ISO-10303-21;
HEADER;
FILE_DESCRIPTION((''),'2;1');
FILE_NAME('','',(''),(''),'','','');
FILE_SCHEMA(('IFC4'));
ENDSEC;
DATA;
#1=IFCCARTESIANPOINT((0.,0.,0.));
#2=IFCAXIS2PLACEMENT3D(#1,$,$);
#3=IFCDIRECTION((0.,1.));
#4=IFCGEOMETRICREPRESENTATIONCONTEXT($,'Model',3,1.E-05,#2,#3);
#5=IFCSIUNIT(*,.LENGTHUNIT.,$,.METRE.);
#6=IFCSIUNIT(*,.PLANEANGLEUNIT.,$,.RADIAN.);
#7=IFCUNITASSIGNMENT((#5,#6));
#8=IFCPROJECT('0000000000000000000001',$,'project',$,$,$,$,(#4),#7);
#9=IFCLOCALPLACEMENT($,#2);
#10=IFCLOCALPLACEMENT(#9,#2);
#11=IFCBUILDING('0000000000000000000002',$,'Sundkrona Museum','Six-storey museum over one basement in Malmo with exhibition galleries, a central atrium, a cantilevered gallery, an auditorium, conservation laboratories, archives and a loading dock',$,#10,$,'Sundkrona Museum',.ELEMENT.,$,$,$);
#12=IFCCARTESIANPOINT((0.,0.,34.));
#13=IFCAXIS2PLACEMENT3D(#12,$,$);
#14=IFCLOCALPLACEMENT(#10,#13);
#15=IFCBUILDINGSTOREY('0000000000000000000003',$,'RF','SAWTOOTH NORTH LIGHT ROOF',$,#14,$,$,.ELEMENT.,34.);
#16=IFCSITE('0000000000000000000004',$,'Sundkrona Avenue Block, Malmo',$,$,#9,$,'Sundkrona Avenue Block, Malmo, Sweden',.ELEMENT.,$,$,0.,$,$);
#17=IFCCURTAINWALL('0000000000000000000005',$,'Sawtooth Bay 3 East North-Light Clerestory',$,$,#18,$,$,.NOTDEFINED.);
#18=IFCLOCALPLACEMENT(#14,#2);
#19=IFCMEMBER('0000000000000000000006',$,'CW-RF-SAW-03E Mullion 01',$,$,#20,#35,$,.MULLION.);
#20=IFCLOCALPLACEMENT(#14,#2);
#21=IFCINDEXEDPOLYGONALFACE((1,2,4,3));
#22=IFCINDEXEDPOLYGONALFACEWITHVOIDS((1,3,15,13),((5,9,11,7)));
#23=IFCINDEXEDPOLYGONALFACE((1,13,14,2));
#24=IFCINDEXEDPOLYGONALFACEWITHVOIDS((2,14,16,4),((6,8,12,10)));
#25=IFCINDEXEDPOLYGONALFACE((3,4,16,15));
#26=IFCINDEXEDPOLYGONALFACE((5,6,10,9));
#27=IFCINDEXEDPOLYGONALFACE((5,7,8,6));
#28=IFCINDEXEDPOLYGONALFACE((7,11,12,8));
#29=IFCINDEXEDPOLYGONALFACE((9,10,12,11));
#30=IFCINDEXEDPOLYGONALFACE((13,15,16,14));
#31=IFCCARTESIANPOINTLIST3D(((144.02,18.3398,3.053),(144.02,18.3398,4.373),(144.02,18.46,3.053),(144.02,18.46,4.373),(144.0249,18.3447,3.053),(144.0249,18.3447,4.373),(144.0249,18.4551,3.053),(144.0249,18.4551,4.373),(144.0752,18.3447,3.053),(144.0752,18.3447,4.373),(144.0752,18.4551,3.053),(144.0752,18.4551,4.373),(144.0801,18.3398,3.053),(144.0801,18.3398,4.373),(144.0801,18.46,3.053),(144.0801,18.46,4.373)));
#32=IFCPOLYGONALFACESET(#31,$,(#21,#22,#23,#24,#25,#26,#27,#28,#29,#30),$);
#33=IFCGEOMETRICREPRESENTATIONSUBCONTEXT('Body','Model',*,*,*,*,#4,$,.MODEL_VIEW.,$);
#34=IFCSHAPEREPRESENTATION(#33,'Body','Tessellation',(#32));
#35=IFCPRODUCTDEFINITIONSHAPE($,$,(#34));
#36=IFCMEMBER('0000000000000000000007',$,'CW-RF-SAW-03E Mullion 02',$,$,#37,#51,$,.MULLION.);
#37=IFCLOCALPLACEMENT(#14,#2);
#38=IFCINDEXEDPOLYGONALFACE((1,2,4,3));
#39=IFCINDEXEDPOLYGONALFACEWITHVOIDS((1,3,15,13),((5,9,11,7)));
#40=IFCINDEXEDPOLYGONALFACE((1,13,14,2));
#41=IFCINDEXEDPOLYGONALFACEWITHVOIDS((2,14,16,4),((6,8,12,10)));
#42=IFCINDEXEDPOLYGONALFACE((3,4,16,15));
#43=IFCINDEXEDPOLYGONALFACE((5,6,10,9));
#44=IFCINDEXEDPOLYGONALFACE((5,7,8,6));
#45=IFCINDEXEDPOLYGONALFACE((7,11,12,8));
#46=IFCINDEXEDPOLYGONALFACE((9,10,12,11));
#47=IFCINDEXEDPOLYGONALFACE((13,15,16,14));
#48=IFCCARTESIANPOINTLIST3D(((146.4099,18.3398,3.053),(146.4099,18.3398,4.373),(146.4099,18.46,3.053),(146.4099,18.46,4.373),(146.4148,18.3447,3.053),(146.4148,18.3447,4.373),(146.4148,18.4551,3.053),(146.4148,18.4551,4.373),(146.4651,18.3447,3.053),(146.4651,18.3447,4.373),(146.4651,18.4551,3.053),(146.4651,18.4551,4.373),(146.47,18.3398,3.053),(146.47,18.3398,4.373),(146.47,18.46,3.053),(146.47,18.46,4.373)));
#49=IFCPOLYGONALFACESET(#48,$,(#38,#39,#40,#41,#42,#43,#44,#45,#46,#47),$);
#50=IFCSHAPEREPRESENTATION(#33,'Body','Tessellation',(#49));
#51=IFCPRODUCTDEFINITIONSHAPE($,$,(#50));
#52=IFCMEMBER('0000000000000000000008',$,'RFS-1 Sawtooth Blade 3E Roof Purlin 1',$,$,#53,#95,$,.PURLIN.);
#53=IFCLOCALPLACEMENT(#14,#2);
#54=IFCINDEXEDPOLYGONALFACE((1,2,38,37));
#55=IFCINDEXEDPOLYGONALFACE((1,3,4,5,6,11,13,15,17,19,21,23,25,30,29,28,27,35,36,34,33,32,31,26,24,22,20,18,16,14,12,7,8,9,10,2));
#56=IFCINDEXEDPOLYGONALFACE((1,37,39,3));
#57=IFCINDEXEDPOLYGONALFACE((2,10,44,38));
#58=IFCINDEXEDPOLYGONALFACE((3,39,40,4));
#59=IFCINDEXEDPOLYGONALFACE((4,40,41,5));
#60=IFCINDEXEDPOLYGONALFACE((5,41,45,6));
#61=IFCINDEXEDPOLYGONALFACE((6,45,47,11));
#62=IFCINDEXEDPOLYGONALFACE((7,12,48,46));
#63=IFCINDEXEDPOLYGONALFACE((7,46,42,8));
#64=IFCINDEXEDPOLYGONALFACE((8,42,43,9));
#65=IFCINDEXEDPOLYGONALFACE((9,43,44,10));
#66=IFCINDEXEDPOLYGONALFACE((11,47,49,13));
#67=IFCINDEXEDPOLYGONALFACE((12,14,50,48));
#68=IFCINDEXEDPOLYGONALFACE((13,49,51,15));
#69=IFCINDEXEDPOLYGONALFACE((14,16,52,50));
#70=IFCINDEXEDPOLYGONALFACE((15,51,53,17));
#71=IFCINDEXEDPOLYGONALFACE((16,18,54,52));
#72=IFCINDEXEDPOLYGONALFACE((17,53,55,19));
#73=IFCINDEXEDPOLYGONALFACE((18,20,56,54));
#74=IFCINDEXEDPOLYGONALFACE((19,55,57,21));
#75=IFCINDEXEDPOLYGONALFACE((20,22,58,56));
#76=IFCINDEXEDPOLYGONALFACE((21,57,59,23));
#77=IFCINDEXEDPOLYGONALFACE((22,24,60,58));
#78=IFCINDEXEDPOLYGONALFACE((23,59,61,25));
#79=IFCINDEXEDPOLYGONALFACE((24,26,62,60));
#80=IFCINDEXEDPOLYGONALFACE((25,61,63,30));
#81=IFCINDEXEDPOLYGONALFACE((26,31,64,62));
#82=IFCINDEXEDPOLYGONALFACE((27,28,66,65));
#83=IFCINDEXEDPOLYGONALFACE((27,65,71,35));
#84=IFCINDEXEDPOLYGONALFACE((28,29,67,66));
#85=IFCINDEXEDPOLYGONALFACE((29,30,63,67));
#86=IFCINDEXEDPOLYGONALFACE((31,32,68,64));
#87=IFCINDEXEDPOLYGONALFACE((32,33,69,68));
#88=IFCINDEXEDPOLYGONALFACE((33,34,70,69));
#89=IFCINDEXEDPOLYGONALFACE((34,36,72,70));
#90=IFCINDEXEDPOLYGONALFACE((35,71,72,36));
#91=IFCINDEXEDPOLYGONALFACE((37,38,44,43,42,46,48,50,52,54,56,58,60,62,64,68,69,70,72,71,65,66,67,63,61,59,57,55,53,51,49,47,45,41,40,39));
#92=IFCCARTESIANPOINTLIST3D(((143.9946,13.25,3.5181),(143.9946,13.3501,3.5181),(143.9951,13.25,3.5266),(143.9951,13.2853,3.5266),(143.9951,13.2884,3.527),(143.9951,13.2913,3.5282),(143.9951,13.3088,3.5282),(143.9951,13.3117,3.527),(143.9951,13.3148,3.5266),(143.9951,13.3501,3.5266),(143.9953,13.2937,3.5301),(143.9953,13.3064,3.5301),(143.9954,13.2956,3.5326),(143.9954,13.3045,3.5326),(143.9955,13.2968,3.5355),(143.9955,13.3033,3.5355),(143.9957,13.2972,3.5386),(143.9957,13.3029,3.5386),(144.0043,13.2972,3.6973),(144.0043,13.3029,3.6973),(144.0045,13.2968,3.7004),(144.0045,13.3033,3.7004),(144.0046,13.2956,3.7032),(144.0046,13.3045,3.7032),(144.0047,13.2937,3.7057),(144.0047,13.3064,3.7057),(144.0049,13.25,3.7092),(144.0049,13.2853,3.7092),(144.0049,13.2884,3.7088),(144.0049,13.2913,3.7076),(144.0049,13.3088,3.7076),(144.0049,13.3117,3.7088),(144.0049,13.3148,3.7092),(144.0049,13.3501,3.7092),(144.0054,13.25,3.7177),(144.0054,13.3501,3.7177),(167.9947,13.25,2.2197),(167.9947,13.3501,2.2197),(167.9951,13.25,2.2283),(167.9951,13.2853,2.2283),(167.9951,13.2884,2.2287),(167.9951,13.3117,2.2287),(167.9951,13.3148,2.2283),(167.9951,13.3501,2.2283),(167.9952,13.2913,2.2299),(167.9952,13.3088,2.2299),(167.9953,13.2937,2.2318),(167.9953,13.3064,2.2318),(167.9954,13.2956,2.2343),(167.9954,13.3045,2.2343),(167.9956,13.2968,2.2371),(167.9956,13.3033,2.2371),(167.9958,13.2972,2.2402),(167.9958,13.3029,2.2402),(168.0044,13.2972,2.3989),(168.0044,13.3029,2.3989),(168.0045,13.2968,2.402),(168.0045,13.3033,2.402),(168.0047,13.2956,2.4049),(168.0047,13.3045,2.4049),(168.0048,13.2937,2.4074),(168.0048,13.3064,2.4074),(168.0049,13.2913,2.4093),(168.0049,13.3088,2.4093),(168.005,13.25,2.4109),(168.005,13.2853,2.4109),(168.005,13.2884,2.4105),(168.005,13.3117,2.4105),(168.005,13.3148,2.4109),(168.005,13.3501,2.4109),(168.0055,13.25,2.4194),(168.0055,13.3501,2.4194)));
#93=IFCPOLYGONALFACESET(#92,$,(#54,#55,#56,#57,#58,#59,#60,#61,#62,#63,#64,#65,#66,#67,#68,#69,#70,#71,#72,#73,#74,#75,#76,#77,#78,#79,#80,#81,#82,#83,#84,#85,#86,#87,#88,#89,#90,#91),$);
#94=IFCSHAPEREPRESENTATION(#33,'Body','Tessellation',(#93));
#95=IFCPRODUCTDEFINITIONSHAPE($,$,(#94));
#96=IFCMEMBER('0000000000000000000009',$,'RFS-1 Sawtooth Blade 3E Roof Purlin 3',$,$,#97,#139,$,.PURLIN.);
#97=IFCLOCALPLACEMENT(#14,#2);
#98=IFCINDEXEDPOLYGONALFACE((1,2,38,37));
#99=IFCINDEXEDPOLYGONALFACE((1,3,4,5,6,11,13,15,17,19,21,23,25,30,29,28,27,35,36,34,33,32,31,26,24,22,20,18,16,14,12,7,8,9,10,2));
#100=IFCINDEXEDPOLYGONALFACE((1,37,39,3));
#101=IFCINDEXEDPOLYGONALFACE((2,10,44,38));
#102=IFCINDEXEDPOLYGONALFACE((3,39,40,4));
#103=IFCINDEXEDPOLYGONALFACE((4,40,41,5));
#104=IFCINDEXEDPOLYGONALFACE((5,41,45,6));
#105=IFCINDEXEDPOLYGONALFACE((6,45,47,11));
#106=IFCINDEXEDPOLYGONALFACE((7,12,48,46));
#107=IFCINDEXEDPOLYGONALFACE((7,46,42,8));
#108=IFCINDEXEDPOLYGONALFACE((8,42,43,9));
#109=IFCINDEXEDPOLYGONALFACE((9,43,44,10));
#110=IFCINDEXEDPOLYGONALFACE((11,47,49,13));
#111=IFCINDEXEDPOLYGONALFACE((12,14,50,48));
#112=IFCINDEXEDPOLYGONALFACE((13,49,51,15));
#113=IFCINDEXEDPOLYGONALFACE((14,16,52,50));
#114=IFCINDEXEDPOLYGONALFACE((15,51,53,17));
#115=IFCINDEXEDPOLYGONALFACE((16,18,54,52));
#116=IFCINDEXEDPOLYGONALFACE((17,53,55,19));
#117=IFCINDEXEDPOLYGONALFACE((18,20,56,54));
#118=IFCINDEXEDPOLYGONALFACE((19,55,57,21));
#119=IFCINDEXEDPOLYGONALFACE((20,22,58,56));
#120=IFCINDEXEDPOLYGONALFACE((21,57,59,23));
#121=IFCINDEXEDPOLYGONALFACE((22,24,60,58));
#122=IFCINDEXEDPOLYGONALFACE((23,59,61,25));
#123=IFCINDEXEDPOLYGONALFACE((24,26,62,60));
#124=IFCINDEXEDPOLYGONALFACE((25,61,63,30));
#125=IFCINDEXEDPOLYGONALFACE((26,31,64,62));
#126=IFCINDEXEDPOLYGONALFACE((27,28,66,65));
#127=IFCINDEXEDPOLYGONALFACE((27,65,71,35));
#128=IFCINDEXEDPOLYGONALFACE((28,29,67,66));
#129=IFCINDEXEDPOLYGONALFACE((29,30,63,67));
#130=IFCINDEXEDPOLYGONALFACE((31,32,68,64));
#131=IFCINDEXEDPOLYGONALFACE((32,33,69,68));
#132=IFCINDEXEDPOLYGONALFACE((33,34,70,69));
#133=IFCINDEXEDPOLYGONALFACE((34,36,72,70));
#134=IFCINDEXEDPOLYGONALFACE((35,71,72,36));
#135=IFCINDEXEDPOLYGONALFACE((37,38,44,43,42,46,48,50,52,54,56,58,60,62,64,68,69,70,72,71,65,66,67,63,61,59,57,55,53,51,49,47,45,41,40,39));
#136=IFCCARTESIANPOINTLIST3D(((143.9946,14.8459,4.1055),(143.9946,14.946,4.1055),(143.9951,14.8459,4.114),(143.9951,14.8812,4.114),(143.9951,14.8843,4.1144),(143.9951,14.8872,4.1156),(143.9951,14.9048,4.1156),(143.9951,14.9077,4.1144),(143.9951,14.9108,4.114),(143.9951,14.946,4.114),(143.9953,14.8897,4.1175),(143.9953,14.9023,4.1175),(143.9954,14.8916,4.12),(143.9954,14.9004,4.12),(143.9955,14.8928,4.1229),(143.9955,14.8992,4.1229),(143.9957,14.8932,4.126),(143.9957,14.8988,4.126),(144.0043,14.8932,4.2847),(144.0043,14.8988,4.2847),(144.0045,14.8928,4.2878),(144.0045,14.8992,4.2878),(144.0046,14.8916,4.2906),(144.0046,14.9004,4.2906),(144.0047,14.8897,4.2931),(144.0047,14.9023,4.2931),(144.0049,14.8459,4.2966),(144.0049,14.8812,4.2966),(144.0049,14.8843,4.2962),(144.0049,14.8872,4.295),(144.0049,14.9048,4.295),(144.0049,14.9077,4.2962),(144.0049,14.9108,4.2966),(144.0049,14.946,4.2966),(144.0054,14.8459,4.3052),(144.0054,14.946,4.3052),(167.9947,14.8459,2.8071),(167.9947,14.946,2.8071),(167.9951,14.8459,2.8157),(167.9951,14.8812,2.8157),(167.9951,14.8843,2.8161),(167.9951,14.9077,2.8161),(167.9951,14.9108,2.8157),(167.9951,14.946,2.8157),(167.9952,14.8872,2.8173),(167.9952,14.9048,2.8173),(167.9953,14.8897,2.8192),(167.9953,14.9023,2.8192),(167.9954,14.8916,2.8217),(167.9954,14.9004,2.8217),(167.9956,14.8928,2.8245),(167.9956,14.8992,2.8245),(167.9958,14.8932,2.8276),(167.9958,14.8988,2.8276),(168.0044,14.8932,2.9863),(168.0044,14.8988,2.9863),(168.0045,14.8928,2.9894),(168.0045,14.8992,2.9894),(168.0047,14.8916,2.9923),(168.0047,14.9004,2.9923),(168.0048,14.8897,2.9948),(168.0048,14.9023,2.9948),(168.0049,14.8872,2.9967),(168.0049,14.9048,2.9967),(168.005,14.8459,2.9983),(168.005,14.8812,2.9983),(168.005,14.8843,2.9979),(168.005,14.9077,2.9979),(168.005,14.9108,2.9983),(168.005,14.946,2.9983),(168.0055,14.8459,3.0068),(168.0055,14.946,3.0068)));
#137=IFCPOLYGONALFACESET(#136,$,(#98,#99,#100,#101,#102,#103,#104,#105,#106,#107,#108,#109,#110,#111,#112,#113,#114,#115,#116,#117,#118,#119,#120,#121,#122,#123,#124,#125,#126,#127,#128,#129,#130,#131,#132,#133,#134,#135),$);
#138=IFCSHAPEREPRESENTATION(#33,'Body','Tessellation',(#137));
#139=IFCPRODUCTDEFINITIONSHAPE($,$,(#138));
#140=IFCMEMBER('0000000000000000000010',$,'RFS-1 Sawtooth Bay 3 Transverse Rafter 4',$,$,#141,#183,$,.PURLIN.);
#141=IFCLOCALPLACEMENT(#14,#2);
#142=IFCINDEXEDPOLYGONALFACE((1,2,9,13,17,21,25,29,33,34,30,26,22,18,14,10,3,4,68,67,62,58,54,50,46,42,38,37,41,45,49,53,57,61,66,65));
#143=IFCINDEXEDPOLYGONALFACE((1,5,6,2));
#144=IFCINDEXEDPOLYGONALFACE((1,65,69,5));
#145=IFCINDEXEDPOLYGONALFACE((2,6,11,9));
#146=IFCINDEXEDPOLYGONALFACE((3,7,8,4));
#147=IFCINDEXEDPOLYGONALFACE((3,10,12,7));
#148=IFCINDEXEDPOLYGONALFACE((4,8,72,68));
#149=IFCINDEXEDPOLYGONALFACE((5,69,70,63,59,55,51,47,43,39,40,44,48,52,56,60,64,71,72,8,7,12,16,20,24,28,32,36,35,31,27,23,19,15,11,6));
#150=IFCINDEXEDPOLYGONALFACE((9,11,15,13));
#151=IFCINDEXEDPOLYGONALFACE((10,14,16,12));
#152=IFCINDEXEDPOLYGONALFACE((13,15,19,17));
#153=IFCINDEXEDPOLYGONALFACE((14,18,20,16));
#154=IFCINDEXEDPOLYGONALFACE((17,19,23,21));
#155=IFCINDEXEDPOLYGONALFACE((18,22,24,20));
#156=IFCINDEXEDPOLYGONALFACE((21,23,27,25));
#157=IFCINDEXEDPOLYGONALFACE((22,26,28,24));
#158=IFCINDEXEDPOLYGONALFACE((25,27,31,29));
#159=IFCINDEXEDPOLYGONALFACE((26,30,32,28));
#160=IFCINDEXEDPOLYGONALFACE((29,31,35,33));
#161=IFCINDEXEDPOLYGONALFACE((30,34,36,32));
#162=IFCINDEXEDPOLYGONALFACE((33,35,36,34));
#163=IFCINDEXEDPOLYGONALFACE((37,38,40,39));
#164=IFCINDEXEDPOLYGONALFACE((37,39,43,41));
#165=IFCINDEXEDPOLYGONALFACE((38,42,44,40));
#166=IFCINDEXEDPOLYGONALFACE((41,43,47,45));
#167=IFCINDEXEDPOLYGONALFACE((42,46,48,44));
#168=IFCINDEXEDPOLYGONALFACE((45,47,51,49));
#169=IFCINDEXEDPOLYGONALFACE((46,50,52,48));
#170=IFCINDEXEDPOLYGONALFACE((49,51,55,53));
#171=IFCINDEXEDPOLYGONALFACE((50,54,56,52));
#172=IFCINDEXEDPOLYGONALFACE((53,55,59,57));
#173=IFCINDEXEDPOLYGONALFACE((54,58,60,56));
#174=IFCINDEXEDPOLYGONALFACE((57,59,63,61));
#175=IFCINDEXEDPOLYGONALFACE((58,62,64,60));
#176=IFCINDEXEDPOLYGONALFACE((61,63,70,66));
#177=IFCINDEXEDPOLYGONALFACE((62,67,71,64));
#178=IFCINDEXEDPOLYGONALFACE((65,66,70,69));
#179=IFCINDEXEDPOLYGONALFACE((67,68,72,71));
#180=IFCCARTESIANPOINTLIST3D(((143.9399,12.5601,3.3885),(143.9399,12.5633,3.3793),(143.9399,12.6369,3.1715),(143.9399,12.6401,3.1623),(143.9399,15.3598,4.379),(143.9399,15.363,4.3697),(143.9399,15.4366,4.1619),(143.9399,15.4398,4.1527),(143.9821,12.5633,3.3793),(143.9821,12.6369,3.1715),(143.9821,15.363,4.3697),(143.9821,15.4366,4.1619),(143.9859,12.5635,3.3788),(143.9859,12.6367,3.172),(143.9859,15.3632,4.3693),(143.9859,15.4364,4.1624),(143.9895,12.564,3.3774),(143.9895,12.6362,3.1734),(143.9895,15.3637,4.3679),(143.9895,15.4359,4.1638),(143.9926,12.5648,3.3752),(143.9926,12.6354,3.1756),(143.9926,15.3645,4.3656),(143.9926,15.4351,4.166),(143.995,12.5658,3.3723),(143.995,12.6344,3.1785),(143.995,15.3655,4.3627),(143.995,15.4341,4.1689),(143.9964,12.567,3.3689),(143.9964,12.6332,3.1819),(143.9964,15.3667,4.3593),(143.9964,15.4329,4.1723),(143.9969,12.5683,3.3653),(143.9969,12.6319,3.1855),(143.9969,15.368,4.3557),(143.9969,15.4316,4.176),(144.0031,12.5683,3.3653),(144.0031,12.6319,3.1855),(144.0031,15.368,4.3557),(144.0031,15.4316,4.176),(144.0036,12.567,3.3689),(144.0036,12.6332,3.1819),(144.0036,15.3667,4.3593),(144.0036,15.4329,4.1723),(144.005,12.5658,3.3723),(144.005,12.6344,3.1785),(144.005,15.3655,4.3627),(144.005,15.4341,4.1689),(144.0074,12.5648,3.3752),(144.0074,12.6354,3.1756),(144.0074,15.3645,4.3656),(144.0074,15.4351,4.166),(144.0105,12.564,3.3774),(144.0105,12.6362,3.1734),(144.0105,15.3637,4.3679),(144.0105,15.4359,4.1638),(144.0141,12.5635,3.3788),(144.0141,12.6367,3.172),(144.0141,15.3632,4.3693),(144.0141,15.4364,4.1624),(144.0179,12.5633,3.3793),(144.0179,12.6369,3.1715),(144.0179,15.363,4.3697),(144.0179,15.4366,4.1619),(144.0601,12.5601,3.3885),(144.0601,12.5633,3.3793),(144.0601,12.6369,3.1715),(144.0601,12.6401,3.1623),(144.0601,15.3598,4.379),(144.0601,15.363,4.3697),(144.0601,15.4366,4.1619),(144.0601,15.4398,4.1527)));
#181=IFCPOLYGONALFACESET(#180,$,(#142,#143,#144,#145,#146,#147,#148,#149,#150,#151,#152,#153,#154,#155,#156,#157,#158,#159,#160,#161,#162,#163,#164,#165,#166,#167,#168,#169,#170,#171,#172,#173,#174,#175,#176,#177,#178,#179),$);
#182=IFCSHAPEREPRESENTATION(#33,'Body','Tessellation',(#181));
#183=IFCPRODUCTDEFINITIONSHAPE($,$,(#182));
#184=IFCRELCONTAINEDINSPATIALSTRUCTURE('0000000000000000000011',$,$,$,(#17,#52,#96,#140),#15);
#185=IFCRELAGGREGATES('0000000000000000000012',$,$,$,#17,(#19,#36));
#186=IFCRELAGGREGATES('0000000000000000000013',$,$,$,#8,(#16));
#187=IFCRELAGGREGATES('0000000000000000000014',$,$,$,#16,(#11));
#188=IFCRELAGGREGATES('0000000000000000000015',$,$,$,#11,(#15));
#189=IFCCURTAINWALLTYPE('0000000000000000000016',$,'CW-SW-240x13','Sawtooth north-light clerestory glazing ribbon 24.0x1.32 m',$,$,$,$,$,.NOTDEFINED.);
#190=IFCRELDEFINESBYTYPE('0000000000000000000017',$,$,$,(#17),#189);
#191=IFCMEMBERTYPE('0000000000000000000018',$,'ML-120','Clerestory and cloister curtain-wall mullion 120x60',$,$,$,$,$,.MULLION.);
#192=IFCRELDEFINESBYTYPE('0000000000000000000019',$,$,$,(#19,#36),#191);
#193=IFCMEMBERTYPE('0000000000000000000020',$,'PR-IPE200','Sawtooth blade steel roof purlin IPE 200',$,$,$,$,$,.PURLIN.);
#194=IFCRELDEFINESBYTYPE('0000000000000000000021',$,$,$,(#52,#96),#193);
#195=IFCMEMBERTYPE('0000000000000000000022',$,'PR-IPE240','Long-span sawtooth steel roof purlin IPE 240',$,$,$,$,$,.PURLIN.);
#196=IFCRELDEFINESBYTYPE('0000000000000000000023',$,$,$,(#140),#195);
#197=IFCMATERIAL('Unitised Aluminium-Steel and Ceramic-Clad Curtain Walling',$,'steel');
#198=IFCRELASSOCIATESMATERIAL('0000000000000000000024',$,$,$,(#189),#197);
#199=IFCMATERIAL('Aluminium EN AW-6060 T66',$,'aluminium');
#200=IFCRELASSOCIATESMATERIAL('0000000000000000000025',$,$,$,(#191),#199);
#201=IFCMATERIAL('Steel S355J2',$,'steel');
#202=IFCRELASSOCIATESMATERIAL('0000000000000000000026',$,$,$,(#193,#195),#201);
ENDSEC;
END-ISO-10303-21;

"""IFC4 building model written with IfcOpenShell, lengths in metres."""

from ifc_helpers import new_model, si_unit, direction, frame, origin, origin_2d, place, context, subcontext, project, spatial, hollow_rectangle, i_section, extrude, material, material_profile, profile_set, type_object, element, aggregate, save


model = new_model("IFC4")

# Units and contexts
model_context = context("Model", 3, precision=1e-05, world=origin(), true_north=direction((0.0, 1.0)))
body_context = subcontext(model_context, "Body", "Model", "MODEL_VIEW")
ifc_project = project(units=[si_unit("LENGTHUNIT", "METRE"), si_unit("PLANEANGLEUNIT", "RADIAN")], contexts=[model_context])

# Site, building, storey
site_placement = place(None, origin())
site = spatial("IfcSite", under=ifc_project, at=site_placement, Name="Sundkrona Avenue Block, Malmo", LongName="Sundkrona Avenue Block, Malmo, Sweden", CompositionType="ELEMENT", RefElevation=0.0)
building_placement = place(site_placement, origin())
building = spatial("IfcBuilding", under=site, at=building_placement, Name="Sundkrona Museum", Description="Six-storey museum over one basement in Malmo with exhibition galleries, a central atrium, a cantilevered gallery, an auditorium, conservation laboratories, archives and a loading dock", LongName="Sundkrona Museum", CompositionType="ELEMENT")
storey_placement = place(building_placement, frame((0.0, 0.0, 34.0)))
storey = spatial("IfcBuildingStorey", under=building, at=storey_placement, Name="RF", Description="SAWTOOTH NORTH LIGHT ROOF", CompositionType="ELEMENT", Elevation=34.0)

# Curtain wall, members
ifc_material_1 = material(Name="Unitised Aluminium-Steel and Ceramic-Clad Curtain Walling", Category="steel")
curtain_wall_type = type_object("IfcCurtainWallType", Name="CW-SW-240x13", Description="Sawtooth north-light clerestory glazing ribbon 24.0x1.32 m", PredefinedType="NOTDEFINED", material=ifc_material_1)
curtain_wall_placement = place(storey_placement, origin())
curtain_wall = element("IfcCurtainWall", 1, at=curtain_wall_placement, inside=storey, type_object=curtain_wall_type, Name="Sawtooth Bay 3 East North-Light Clerestory", PredefinedType="NOTDEFINED")
ifc_material_2 = material(Name="Aluminium EN AW-6060 T66", Category="aluminium")
ifc_material_profile_1 = material_profile(ifc_material_2, hollow_rectangle(XDim=0.0601, YDim=0.1201, WallThickness=0.0049, at=origin_2d()), Name="RHS 120x60x5.0")
ifc_profile_set_1 = profile_set([ifc_material_profile_1], Name="Aluminium EN AW-6060 T66")
member_type_1 = type_object("IfcMemberType", Name="ML-120", Description="Clerestory and cloister curtain-wall mullion 120x60", PredefinedType="MULLION", material=ifc_profile_set_1)
member_1_placement = place(storey_placement, frame((144.05, 18.3999, 3.053), z_axis=(0.0, 0.0, 1.0), x_axis=(1.0, 0.0, 0.0)))
member_1 = element("IfcMember", 2, at=member_1_placement, type_object=member_type_1, Name="CW-RF-SAW-03E Mullion 01", PredefinedType="MULLION", context=body_context, shape_type="SweptSolid", body=[
    extrude(hollow_rectangle(XDim=0.0601, YDim=0.1201, WallThickness=0.0049, at=origin_2d()), origin(), (0.0, 0.0, 1.0), 1.3201),
])
member_2_placement = place(storey_placement, frame((146.4399, 18.3999, 3.053), z_axis=(0.0, 0.0, 1.0), x_axis=(1.0, 0.0, 0.0)))
member_2 = element("IfcMember", 3, at=member_2_placement, type_object=member_type_1, Name="CW-RF-SAW-03E Mullion 02", PredefinedType="MULLION", context=body_context, shape_type="SweptSolid", body=[
    extrude(hollow_rectangle(XDim=0.0601, YDim=0.1201, WallThickness=0.0049, at=origin_2d()), origin(), (0.0, 0.0, 1.0), 1.3201),
])

# Members
ifc_material_3 = material(Name="Steel S355J2", Category="steel")
ifc_material_profile_2 = material_profile(ifc_material_3, i_section(OverallWidth=0.1001, OverallDepth=0.2, WebThickness=0.0056, FlangeThickness=0.0085, FilletRadius=0.012, at=origin_2d()), Name="IPE 200")
ifc_profile_set_2 = profile_set([ifc_material_profile_2], Name="Steel S355J2")
member_type_2 = type_object("IfcMemberType", Name="PR-IPE200", Description="Sawtooth blade steel roof purlin IPE 200", PredefinedType="PURLIN", material=ifc_profile_set_2)
for number, where, z_axis, x_axis, name in (
    (4, (144.0, 13.3, 3.6179), (0.99854, 0.0, -0.054019), (0.0, 1.0, 0.0), "RFS-1 Sawtooth Blade 3E Roof Purlin 1"),
    (5, (144.0, 14.896, 4.2053), (0.99854, 0.0, -0.054019), (0.0, 1.0, 0.0), "RFS-1 Sawtooth Blade 3E Roof Purlin 3"),
):
    element("IfcMember", number, at=place(storey_placement, frame(where, z_axis=z_axis, x_axis=x_axis)), inside=storey, type_object=member_type_2, Name=name, PredefinedType="PURLIN", context=body_context, shape_type="SweptSolid", body=[
        extrude(i_section(OverallWidth=0.1001, OverallDepth=0.2, WebThickness=0.0056, FlangeThickness=0.0085, FilletRadius=0.012, at=origin_2d()), origin(), (0.0, 0.0, 1.0), 24.0352),
    ])
ifc_material_profile_3 = material_profile(ifc_material_3, i_section(OverallWidth=0.1201, OverallDepth=0.24, WebThickness=0.0061, FlangeThickness=0.0098, FilletRadius=0.0149, at=origin_2d()), Name="IPE 240")
ifc_profile_set_3 = profile_set([ifc_material_profile_3], Name="Steel S355J2")
member_type_3 = type_object("IfcMemberType", Name="PR-IPE240", Description="Long-span sawtooth steel roof purlin IPE 240", PredefinedType="PURLIN", material=ifc_profile_set_3)
member_3_placement = place(storey_placement, frame((144.0, 12.6001, 3.2754), z_axis=(0.0, 0.942746, 0.333512), x_axis=(-1.0, 0.0, 0.0)))
element("IfcMember", 6, at=member_3_placement, inside=storey, type_object=member_type_3, Name="RFS-1 Sawtooth Bay 3 Transverse Rafter 4", PredefinedType="PURLIN", context=body_context, shape_type="SweptSolid", body=[
    extrude(i_section(OverallWidth=0.1201, OverallDepth=0.24, WebThickness=0.0061, FlangeThickness=0.0098, FilletRadius=0.0149, at=origin_2d()), origin(), (0.0, 0.0, 1.0), 2.9697),
])

aggregate(curtain_wall, [member_1, member_2])

save(model, "model.ifc")
